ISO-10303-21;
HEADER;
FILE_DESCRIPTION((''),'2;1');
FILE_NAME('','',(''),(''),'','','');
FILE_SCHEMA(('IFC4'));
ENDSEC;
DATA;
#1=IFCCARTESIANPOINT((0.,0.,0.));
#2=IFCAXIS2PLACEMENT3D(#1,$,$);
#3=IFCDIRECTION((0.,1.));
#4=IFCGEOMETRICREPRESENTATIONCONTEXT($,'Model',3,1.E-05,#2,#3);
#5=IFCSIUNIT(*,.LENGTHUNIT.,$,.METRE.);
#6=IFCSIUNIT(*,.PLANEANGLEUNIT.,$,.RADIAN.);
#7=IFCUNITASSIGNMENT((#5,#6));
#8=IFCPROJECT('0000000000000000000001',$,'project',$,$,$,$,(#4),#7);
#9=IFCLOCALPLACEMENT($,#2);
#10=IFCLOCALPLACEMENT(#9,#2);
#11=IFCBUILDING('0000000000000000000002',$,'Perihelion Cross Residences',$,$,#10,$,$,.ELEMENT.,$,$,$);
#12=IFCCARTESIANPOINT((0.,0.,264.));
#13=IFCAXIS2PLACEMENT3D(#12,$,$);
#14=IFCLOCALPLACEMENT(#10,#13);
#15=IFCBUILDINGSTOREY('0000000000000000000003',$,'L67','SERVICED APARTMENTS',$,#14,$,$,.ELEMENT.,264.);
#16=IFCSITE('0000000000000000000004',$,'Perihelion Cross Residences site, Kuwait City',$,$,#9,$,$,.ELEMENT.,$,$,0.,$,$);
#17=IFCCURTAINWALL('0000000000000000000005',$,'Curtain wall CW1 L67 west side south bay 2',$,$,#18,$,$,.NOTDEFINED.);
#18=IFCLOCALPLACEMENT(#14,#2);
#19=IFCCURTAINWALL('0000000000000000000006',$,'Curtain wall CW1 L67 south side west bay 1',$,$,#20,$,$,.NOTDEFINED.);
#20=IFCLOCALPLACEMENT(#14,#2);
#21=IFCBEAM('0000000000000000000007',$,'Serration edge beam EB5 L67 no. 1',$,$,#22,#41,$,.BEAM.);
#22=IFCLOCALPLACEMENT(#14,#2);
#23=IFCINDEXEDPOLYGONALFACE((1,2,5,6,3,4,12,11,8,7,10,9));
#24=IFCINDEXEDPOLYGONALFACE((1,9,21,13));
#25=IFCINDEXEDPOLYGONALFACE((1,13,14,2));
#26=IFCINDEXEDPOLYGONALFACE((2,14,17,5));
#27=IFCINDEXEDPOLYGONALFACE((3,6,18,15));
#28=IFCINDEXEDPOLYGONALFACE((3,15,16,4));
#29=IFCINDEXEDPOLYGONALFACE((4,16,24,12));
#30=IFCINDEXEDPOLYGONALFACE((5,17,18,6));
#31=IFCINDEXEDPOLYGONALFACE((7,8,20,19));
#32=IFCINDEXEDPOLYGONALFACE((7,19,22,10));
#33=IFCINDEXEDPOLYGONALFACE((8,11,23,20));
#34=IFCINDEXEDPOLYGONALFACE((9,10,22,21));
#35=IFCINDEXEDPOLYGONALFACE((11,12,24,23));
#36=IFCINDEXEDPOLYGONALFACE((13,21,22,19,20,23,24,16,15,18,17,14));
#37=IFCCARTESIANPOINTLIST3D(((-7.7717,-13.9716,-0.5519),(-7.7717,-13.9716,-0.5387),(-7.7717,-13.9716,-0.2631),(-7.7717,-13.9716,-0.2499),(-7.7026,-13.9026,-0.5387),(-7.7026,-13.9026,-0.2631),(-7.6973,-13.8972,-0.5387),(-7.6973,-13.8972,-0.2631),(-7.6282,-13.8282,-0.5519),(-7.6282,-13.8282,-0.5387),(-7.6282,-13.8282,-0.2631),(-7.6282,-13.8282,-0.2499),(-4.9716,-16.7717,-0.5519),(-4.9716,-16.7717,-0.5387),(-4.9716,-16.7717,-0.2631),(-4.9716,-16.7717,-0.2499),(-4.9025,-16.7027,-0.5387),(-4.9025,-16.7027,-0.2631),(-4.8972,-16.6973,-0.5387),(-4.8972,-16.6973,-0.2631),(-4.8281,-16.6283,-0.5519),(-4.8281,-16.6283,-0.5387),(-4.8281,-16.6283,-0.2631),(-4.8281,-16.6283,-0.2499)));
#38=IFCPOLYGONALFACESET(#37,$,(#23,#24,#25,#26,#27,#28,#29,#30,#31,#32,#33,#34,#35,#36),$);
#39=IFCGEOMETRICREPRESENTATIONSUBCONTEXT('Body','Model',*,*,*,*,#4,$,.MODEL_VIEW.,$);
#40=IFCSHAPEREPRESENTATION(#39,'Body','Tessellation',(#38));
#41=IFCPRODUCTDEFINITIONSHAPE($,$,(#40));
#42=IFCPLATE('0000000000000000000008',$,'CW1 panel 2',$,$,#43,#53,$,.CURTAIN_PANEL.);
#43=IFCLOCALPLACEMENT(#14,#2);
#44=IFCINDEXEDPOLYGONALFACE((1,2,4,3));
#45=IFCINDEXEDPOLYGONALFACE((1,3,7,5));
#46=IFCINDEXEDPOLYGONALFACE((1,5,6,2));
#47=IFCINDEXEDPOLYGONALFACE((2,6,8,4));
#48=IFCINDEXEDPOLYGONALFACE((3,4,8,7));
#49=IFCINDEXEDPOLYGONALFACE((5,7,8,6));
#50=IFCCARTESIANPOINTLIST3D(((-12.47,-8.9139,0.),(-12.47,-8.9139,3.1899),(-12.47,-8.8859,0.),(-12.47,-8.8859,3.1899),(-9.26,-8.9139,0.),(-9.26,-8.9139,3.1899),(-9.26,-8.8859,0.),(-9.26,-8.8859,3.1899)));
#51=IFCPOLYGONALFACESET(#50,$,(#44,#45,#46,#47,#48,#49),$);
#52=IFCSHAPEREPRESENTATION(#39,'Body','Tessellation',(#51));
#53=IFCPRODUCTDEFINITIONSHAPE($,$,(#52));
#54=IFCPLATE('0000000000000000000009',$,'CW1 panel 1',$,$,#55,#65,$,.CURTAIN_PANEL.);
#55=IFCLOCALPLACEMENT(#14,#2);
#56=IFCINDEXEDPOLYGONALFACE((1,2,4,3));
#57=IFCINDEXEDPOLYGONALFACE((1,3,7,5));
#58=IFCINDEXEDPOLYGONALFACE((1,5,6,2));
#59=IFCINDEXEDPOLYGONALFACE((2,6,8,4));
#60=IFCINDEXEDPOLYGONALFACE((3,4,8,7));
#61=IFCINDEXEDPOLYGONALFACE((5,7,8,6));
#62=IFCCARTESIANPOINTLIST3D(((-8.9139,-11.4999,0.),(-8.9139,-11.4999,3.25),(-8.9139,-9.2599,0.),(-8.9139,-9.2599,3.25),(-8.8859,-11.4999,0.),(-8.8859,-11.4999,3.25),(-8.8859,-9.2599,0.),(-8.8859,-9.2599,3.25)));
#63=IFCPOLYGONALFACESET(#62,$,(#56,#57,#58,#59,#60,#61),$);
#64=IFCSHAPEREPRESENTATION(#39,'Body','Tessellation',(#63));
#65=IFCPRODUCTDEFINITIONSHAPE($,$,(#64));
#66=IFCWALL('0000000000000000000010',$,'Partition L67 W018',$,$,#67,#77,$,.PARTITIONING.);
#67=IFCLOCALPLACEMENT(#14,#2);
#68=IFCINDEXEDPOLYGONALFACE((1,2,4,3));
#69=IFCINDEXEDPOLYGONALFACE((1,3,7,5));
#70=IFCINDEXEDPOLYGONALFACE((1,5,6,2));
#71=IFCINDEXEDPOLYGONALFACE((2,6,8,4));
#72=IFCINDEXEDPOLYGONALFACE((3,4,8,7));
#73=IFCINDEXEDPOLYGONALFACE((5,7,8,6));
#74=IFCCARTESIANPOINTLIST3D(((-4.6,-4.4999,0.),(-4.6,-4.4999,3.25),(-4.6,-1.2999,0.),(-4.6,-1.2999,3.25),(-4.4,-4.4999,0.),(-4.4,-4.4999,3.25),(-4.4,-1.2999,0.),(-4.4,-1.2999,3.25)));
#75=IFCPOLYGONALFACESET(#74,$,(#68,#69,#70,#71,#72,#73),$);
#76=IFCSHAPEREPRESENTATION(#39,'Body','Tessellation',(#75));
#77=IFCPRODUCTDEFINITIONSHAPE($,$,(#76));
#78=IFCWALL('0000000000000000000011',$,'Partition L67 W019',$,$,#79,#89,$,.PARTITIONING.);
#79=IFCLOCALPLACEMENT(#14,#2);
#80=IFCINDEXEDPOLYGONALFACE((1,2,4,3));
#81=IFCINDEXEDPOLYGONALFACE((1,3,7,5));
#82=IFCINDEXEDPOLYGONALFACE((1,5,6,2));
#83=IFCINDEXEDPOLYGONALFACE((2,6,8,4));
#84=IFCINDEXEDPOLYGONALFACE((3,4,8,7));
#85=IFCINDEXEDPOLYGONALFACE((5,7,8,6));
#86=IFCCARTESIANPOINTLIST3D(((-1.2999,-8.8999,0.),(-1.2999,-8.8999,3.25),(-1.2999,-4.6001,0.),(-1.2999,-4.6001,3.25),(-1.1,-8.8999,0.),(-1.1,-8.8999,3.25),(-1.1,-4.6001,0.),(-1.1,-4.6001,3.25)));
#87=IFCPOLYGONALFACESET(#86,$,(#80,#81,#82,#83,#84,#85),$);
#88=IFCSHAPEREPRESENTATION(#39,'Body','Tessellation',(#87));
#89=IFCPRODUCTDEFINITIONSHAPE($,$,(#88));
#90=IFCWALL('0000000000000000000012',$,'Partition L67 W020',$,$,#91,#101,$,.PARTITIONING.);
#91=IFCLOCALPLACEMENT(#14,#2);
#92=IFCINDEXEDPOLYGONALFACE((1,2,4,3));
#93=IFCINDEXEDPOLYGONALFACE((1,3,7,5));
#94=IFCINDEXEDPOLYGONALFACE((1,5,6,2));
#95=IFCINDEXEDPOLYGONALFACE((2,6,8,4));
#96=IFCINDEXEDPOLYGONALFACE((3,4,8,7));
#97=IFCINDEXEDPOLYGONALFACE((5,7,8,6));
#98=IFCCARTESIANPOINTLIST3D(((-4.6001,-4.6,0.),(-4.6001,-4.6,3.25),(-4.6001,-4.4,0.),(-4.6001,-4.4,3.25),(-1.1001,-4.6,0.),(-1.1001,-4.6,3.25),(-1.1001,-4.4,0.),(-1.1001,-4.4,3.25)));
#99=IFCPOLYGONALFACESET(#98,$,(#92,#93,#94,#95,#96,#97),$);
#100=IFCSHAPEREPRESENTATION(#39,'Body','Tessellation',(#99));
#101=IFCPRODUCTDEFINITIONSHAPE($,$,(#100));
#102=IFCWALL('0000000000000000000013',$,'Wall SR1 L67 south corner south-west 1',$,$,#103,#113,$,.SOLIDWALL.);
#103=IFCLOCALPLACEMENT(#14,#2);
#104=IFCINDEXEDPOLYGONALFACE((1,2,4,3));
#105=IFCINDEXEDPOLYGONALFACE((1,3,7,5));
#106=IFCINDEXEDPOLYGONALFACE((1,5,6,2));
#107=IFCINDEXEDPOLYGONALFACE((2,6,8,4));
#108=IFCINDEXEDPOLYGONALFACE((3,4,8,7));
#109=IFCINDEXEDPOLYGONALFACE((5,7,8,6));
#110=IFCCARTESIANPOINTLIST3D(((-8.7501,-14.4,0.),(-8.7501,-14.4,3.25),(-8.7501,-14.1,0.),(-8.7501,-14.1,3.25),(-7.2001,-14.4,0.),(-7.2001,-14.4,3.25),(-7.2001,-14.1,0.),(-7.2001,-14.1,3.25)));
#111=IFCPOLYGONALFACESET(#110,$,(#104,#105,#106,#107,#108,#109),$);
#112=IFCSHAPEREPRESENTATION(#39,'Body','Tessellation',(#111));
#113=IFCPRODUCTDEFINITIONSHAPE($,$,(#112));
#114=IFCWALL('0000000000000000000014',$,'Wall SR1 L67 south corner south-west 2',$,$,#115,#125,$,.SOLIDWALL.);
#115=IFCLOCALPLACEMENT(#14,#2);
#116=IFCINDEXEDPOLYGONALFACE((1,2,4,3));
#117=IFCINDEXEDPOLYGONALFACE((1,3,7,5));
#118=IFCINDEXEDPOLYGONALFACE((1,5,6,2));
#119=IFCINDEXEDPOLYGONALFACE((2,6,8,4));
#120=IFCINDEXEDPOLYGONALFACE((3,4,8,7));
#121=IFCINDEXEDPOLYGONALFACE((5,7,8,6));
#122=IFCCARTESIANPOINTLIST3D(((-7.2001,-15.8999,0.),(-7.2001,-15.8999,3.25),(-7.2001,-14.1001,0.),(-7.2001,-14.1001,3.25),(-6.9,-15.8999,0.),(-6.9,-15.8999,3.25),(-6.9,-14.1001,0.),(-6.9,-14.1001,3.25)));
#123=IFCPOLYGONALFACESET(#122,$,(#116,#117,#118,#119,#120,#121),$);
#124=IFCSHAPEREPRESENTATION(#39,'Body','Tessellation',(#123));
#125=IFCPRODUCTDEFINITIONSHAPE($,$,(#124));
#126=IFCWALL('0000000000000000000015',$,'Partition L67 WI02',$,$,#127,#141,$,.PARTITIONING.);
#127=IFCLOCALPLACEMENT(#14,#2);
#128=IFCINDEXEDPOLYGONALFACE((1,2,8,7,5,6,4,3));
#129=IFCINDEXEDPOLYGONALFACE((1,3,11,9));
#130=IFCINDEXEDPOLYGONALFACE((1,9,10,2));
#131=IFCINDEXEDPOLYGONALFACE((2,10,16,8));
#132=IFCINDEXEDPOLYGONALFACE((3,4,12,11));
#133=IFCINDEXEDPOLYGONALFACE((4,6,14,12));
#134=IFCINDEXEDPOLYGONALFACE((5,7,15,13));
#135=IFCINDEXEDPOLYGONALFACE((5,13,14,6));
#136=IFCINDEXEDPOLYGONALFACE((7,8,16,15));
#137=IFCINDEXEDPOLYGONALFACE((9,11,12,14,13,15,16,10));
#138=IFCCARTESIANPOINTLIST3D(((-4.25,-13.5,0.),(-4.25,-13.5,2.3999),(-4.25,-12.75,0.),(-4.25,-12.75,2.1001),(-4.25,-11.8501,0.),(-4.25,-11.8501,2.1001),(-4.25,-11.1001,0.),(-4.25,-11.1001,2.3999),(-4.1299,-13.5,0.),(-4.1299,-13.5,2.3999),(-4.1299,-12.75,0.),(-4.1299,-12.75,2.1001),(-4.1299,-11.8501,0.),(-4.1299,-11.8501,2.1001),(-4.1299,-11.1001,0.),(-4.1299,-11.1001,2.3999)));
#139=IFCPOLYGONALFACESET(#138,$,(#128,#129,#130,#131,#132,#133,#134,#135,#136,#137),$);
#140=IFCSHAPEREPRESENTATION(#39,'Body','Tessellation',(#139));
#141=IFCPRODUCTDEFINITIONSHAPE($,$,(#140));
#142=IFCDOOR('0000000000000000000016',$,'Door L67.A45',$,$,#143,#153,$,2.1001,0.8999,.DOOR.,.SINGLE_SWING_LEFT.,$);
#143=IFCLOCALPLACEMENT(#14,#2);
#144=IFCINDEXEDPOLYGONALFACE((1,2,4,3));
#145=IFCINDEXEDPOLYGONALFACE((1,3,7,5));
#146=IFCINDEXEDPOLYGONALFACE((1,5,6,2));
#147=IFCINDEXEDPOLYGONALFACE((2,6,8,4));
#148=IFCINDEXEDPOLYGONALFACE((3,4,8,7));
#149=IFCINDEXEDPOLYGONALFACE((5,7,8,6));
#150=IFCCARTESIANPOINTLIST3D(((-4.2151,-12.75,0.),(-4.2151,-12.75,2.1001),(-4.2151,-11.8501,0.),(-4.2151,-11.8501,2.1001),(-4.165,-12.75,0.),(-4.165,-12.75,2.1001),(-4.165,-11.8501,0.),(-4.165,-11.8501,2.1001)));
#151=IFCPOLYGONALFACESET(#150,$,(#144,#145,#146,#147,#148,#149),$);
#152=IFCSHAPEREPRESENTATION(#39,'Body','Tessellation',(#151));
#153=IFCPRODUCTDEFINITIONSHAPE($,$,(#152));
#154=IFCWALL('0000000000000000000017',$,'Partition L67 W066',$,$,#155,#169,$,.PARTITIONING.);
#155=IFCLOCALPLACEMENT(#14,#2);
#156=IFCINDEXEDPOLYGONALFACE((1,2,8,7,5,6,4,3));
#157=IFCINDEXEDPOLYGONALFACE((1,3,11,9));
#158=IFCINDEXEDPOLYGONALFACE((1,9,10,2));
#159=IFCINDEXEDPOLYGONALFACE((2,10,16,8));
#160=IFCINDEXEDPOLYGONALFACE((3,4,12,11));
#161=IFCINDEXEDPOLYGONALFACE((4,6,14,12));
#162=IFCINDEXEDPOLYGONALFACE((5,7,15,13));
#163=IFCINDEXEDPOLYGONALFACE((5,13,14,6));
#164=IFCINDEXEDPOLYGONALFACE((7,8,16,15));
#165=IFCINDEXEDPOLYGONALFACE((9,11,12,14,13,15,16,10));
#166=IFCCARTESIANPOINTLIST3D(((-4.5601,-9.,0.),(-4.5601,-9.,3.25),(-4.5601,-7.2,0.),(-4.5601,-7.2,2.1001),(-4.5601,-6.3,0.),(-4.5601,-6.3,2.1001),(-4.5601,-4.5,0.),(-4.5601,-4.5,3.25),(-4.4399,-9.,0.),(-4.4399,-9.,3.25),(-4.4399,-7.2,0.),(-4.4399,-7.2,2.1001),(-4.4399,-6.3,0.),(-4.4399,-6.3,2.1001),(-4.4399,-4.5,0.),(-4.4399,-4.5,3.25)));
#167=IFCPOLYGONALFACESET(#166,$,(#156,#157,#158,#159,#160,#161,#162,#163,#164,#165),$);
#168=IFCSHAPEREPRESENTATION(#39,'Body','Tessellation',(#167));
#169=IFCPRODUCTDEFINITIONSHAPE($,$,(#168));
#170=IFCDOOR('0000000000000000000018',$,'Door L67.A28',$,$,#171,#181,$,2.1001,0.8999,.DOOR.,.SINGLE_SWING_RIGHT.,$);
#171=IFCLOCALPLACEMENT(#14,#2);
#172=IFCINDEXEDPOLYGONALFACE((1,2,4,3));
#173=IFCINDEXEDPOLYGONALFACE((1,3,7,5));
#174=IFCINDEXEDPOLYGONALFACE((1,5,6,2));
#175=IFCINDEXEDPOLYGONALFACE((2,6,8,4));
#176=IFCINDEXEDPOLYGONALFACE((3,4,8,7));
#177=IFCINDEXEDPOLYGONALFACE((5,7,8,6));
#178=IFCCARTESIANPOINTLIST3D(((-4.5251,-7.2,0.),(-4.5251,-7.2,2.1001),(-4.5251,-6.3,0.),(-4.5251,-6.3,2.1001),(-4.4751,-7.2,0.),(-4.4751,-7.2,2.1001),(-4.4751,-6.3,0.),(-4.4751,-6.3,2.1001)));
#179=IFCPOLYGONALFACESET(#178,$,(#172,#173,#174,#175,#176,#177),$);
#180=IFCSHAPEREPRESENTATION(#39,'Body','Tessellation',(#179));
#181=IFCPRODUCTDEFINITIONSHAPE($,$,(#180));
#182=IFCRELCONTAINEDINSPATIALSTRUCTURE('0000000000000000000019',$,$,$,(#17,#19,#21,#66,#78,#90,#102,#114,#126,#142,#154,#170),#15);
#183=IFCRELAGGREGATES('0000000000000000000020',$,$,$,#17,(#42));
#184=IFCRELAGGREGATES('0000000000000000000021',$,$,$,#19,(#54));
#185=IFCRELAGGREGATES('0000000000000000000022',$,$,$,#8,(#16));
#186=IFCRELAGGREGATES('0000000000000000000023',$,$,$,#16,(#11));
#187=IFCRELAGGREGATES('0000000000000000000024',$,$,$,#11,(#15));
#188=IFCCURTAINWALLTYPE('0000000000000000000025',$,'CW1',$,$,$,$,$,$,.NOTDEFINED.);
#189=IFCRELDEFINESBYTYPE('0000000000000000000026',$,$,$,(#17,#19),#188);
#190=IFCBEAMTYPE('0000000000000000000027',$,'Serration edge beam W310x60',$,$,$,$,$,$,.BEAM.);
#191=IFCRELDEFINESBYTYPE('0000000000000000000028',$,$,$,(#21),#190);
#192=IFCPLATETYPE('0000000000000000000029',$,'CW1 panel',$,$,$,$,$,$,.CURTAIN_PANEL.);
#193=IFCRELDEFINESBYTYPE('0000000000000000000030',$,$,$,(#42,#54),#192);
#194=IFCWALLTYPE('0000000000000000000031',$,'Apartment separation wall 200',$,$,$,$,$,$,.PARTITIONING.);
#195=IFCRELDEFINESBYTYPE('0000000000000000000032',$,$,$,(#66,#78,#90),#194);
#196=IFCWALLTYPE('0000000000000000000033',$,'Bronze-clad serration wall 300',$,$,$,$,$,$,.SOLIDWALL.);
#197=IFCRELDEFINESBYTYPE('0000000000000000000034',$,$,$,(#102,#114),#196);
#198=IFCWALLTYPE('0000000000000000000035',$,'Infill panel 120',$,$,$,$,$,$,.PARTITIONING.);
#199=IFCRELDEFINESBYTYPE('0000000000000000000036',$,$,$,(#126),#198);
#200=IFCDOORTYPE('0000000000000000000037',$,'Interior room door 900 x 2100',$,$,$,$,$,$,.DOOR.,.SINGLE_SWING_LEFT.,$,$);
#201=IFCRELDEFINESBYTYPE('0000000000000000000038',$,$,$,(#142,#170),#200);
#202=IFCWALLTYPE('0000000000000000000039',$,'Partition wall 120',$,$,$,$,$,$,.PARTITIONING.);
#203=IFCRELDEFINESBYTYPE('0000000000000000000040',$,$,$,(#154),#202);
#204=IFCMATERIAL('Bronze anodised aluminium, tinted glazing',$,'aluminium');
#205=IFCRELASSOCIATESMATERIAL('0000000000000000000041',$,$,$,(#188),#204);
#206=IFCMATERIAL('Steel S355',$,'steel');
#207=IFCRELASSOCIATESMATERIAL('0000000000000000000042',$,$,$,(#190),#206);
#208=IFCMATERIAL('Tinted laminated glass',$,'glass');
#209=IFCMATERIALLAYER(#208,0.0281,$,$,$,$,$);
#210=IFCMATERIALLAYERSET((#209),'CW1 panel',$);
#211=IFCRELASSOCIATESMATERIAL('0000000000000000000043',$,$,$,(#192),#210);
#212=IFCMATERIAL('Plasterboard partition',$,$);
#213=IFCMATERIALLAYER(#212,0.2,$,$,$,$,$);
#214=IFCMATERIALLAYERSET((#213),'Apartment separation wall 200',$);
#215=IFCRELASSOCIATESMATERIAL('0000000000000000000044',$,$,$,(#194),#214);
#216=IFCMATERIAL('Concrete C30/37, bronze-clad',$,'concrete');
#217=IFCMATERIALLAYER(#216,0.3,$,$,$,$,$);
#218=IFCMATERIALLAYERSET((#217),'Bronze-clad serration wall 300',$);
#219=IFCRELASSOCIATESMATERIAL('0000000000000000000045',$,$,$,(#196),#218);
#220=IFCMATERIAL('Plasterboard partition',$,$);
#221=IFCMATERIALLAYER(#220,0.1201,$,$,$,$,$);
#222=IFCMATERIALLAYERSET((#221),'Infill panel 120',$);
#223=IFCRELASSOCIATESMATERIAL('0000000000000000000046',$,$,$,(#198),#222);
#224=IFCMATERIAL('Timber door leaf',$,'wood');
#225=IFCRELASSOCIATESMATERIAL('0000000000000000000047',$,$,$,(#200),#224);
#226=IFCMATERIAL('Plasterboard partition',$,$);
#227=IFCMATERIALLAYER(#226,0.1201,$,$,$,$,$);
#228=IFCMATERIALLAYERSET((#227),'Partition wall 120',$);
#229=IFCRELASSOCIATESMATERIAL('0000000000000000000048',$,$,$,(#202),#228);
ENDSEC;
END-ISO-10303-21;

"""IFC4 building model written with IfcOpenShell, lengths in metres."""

from ifc_helpers import new_model, si_unit, direction, frame, frame_2d, origin, origin_2d, place, context, subcontext, project, spatial, rectangle, i_section, extrude, material, layer, layer_set, material_profile, profile_set, type_object, element, fill, aggregate, save


model = new_model("IFC4")

# Units and contexts
model_context = context("Model", 3, precision=1e-05, world=origin(), true_north=direction((0.0, 1.0)))
body_context = subcontext(model_context, "Body", "Model", "MODEL_VIEW")
ifc_project = project(units=[si_unit("LENGTHUNIT", "METRE"), si_unit("PLANEANGLEUNIT", "RADIAN")], contexts=[model_context])

# Site, building, storey
site_placement = place(None, origin())
site = spatial("IfcSite", under=ifc_project, at=site_placement, Name="Perihelion Cross Residences site, Kuwait City", CompositionType="ELEMENT", RefElevation=0.0)
building_placement = place(site_placement, origin())
building = spatial("IfcBuilding", under=site, at=building_placement, Name="Perihelion Cross Residences", CompositionType="ELEMENT")
storey_placement = place(building_placement, frame((0.0, 0.0, 264.0)))
storey = spatial("IfcBuildingStorey", under=building, at=storey_placement, Name="L67", Description="SERVICED APARTMENTS", CompositionType="ELEMENT", Elevation=264.0)

# Curtain wall
ifc_material_1 = material(Name="Bronze anodised aluminium, tinted glazing", Category="aluminium")
curtain_wall_type = type_object("IfcCurtainWallType", Name="CW1", PredefinedType="NOTDEFINED", material=ifc_material_1)
curtain_wall_1_placement = place(storey_placement, origin())
curtain_wall_1 = element("IfcCurtainWall", 1, at=curtain_wall_1_placement, inside=storey, type_object=curtain_wall_type, Name="Curtain wall CW1 L67 west side south bay 2", PredefinedType="NOTDEFINED")

# Curtain wall
curtain_wall_2_placement = place(storey_placement, origin())
curtain_wall_2 = element("IfcCurtainWall", 2, at=curtain_wall_2_placement, inside=storey, type_object=curtain_wall_type, Name="Curtain wall CW1 L67 south side west bay 1", PredefinedType="NOTDEFINED")

# Beam
ifc_material_2 = material(Name="Steel S355", Category="steel")
ifc_material_profile_1 = material_profile(ifc_material_2, i_section(OverallWidth=0.2029, OverallDepth=0.302, WebThickness=0.0076, FlangeThickness=0.0132, at=origin_2d()), Name="W310x60")
ifc_profile_set_1 = profile_set([ifc_material_profile_1], Name="Steel S355")
beam_type_1 = type_object("IfcBeamType", Name="Serration edge beam W310x60", PredefinedType="BEAM", material=ifc_profile_set_1)
beam_1_placement = place(storey_placement, frame((-7.7, -13.8999, -0.4009), z_axis=(0.707107, -0.707107, 0.0), x_axis=(0.707107, 0.707107, 0.0)))
element("IfcBeam", 3, at=beam_1_placement, inside=storey, type_object=beam_type_1, Name="Serration edge beam EB5 L67 no. 1", PredefinedType="BEAM", context=body_context, shape_type="SweptSolid", body=[
    extrude(i_section(OverallWidth=0.2029, OverallDepth=0.302, WebThickness=0.0076, FlangeThickness=0.0132, at=origin_2d()), origin(), (0.0, 0.0, 1.0), 3.96),
])

# Plates
ifc_material_3 = material(Name="Tinted laminated glass", Category="glass")
ifc_layer_1 = layer(ifc_material_3, 0.0281)
ifc_layer_set_1 = layer_set([ifc_layer_1], Name="CW1 panel")
plate_type = type_object("IfcPlateType", Name="CW1 panel", PredefinedType="CURTAIN_PANEL", material=ifc_layer_set_1)
plate_1_placement = place(storey_placement, frame((-10.865, -8.8999, 0.0), z_axis=(0.0, 0.0, 1.0), x_axis=(1.0, 0.0, 0.0)))
plate_1 = element("IfcPlate", 4, at=plate_1_placement, type_object=plate_type, Name="CW1 panel 2", PredefinedType="CURTAIN_PANEL", context=body_context, shape_type="SweptSolid", body=[
    extrude(rectangle(XDim=3.21, YDim=0.0281, at=origin_2d()), origin(), (0.0, 0.0, 1.0), 3.1899),
])
aggregate(curtain_wall_1, [plate_1])
plate_2_placement = place(storey_placement, frame((-8.8999, -10.3799, 0.0), z_axis=(0.0, 0.0, 1.0), x_axis=(0.0, -1.0, 0.0)))
plate_2 = element("IfcPlate", 5, at=plate_2_placement, type_object=plate_type, Name="CW1 panel 1", PredefinedType="CURTAIN_PANEL", context=body_context, shape_type="SweptSolid", body=[
    extrude(rectangle(XDim=2.24, YDim=0.0281, at=origin_2d()), origin(), (0.0, 0.0, 1.0), 3.25),
])
aggregate(curtain_wall_2, [plate_2])

# Walls
ifc_material_4 = material(Name="Plasterboard partition")
ifc_layer_2 = layer(ifc_material_4, 0.2)
ifc_layer_set_2 = layer_set([ifc_layer_2], Name="Apartment separation wall 200")
wall_type_1 = type_object("IfcWallType", Name="Apartment separation wall 200", PredefinedType="PARTITIONING", material=ifc_layer_set_2)
wall_1_placement = place(storey_placement, frame((-4.5, -4.5, 0.0), z_axis=(0.0, 0.0, 1.0), x_axis=(0.0, 1.0, 0.0)))
element("IfcWall", 6, at=wall_1_placement, inside=storey, type_object=wall_type_1, Name="Partition L67 W018", PredefinedType="PARTITIONING", context=body_context, shape_type="SweptSolid", body=[
    extrude(rectangle(XDim=3.2, YDim=0.2, at=frame_2d((1.6001, 0.0))), origin(), (0.0, 0.0, 1.0), 3.25),
])
wall_2_placement = place(storey_placement, frame((-1.2, -8.8999, 0.0), z_axis=(0.0, 0.0, 1.0), x_axis=(0.0, 1.0, 0.0)))
element("IfcWall", 7, at=wall_2_placement, inside=storey, type_object=wall_type_1, Name="Partition L67 W019", PredefinedType="PARTITIONING", context=body_context, shape_type="SweptSolid", body=[
    extrude(rectangle(XDim=4.2998, YDim=0.2, at=frame_2d((2.1499, 0.0))), origin(), (0.0, 0.0, 1.0), 3.25),
])
wall_3_placement = place(storey_placement, frame((-1.1001, -4.5, 0.0), z_axis=(0.0, 0.0, 1.0), x_axis=(-1.0, 0.0, 0.0)))
element("IfcWall", 8, at=wall_3_placement, inside=storey, type_object=wall_type_1, Name="Partition L67 W020", PredefinedType="PARTITIONING", context=body_context, shape_type="SweptSolid", body=[
    extrude(rectangle(XDim=3.5, YDim=0.2, at=frame_2d((1.75, 0.0))), origin(), (0.0, 0.0, 1.0), 3.25),
])

# Walls
ifc_material_5 = material(Name="Concrete C30/37, bronze-clad", Category="concrete")
ifc_layer_3 = layer(ifc_material_5, 0.3)
ifc_layer_set_3 = layer_set([ifc_layer_3], Name="Bronze-clad serration wall 300")
wall_type_2 = type_object("IfcWallType", Name="Bronze-clad serration wall 300", PredefinedType="SOLIDWALL", material=ifc_layer_set_3)
wall_4_placement = place(storey_placement, frame((-8.75, -14.25, 0.0), z_axis=(0.0, 0.0, 1.0), x_axis=(1.0, 0.0, 0.0)))
element("IfcWall", 9, at=wall_4_placement, inside=storey, type_object=wall_type_2, Name="Wall SR1 L67 south corner south-west 1", PredefinedType="SOLIDWALL", context=body_context, shape_type="SweptSolid", body=[
    extrude(rectangle(XDim=1.55, YDim=0.3, at=frame_2d((0.7749, 0.0))), origin(), (0.0, 0.0, 1.0), 3.25),
])
wall_5_placement = place(storey_placement, frame((-7.05, -14.1001, 0.0), z_axis=(0.0, 0.0, 1.0), x_axis=(0.0, -1.0, 0.0)))
element("IfcWall", 10, at=wall_5_placement, inside=storey, type_object=wall_type_2, Name="Wall SR1 L67 south corner south-west 2", PredefinedType="SOLIDWALL", context=body_context, shape_type="SweptSolid", body=[
    extrude(rectangle(XDim=1.7998, YDim=0.3, at=frame_2d((0.8999, 0.0))), origin(), (0.0, 0.0, 1.0), 3.25),
])

# Walls, openings, doors
ifc_material_6 = material(Name="Plasterboard partition")
ifc_layer_4 = layer(ifc_material_6, 0.1201)
ifc_layer_set_4 = layer_set([ifc_layer_4], Name="Infill panel 120")
wall_type_3 = type_object("IfcWallType", Name="Infill panel 120", PredefinedType="PARTITIONING", material=ifc_layer_set_4)
wall_6_placement = place(storey_placement, frame((-4.1899, -11.1001, 0.0), z_axis=(0.0, 0.0, 1.0), x_axis=(0.0, -1.0, 0.0)))
wall_6 = element("IfcWall", 11, at=wall_6_placement, inside=storey, type_object=wall_type_3, Name="Partition L67 WI02", PredefinedType="PARTITIONING", context=body_context, shape_type="SweptSolid", body=[
    extrude(rectangle(XDim=2.3999, YDim=0.1201, at=frame_2d((1.2, 0.0))), origin(), (0.0, 0.0, 1.0), 2.3999),
])
opening_1_placement = place(wall_6_placement, frame((0.75, 0.0, 0.0)))
opening_1 = element("IfcOpeningElement", 12, at=opening_1_placement, cuts=wall_6, PredefinedType="OPENING", context=body_context, shape_type="SweptSolid", body=[
    extrude(rectangle(XDim=0.8999, YDim=2.1001, at=frame_2d((0.45, 1.05))), frame((0.0, 0.0701, 0.0), z_axis=(0.0, -1.0, 0.0), x_axis=(1.0, 0.0, 0.0)), (0.0, 0.0, 1.0), 0.1401),
])
ifc_material_7 = material(Name="Timber door leaf", Category="wood")
door_type_1 = type_object("IfcDoorType", Name="Interior room door 900 x 2100", OperationType="SINGLE_SWING_LEFT", PredefinedType="DOOR", material=ifc_material_7)
door_1_placement = place(opening_1_placement, origin())
door_1 = element("IfcDoor", 13, at=door_1_placement, inside=storey, type_object=door_type_1, Name="Door L67.A45", OperationType="SINGLE_SWING_LEFT", OverallHeight=2.1001, OverallWidth=0.8999, PredefinedType="DOOR", context=body_context, shape_type="SweptSolid", body=[
    extrude(rectangle(XDim=0.8999, YDim=2.1001, at=frame_2d((0.45, 1.05))), frame((0.0, 0.0249, 0.0), z_axis=(0.0, -1.0, 0.0), x_axis=(1.0, 0.0, 0.0)), (0.0, 0.0, 1.0), 0.05),
])
fill(opening_1, door_1)
ifc_material_8 = material(Name="Plasterboard partition")
ifc_layer_5 = layer(ifc_material_8, 0.1201)
ifc_layer_set_5 = layer_set([ifc_layer_5], Name="Partition wall 120")
wall_type_4 = type_object("IfcWallType", Name="Partition wall 120", PredefinedType="PARTITIONING", material=ifc_layer_set_5)
wall_7_placement = place(storey_placement, frame((-4.5, -4.5, 0.0), z_axis=(0.0, 0.0, 1.0), x_axis=(0.0, -1.0, 0.0)))
wall_7 = element("IfcWall", 14, at=wall_7_placement, inside=storey, type_object=wall_type_4, Name="Partition L67 W066", PredefinedType="PARTITIONING", context=body_context, shape_type="SweptSolid", body=[
    extrude(rectangle(XDim=4.5, YDim=0.1201, at=frame_2d((2.25, 0.0))), origin(), (0.0, 0.0, 1.0), 3.25),
])
opening_2_placement = place(wall_7_placement, frame((1.8, 0.0, 0.0)))
opening_2 = element("IfcOpeningElement", 15, at=opening_2_placement, cuts=wall_7, PredefinedType="OPENING", context=body_context, shape_type="SweptSolid", body=[
    extrude(rectangle(XDim=0.8999, YDim=2.1001, at=frame_2d((0.45, 1.05))), frame((0.0, 0.0701, 0.0), z_axis=(0.0, -1.0, 0.0), x_axis=(1.0, 0.0, 0.0)), (0.0, 0.0, 1.0), 0.1401),
])
door_2_placement = place(opening_2_placement, origin())
door_2 = element("IfcDoor", 16, at=door_2_placement, inside=storey, type_object=door_type_1, Name="Door L67.A28", OperationType="SINGLE_SWING_RIGHT", OverallHeight=2.1001, OverallWidth=0.8999, PredefinedType="DOOR", context=body_context, shape_type="SweptSolid", body=[
    extrude(rectangle(XDim=0.8999, YDim=2.1001, at=frame_2d((0.45, 1.05))), frame((0.0, 0.0249, 0.0), z_axis=(0.0, -1.0, 0.0), x_axis=(1.0, 0.0, 0.0)), (0.0, 0.0, 1.0), 0.05),
])
fill(opening_2, door_2)

save(model, "model.ifc")
